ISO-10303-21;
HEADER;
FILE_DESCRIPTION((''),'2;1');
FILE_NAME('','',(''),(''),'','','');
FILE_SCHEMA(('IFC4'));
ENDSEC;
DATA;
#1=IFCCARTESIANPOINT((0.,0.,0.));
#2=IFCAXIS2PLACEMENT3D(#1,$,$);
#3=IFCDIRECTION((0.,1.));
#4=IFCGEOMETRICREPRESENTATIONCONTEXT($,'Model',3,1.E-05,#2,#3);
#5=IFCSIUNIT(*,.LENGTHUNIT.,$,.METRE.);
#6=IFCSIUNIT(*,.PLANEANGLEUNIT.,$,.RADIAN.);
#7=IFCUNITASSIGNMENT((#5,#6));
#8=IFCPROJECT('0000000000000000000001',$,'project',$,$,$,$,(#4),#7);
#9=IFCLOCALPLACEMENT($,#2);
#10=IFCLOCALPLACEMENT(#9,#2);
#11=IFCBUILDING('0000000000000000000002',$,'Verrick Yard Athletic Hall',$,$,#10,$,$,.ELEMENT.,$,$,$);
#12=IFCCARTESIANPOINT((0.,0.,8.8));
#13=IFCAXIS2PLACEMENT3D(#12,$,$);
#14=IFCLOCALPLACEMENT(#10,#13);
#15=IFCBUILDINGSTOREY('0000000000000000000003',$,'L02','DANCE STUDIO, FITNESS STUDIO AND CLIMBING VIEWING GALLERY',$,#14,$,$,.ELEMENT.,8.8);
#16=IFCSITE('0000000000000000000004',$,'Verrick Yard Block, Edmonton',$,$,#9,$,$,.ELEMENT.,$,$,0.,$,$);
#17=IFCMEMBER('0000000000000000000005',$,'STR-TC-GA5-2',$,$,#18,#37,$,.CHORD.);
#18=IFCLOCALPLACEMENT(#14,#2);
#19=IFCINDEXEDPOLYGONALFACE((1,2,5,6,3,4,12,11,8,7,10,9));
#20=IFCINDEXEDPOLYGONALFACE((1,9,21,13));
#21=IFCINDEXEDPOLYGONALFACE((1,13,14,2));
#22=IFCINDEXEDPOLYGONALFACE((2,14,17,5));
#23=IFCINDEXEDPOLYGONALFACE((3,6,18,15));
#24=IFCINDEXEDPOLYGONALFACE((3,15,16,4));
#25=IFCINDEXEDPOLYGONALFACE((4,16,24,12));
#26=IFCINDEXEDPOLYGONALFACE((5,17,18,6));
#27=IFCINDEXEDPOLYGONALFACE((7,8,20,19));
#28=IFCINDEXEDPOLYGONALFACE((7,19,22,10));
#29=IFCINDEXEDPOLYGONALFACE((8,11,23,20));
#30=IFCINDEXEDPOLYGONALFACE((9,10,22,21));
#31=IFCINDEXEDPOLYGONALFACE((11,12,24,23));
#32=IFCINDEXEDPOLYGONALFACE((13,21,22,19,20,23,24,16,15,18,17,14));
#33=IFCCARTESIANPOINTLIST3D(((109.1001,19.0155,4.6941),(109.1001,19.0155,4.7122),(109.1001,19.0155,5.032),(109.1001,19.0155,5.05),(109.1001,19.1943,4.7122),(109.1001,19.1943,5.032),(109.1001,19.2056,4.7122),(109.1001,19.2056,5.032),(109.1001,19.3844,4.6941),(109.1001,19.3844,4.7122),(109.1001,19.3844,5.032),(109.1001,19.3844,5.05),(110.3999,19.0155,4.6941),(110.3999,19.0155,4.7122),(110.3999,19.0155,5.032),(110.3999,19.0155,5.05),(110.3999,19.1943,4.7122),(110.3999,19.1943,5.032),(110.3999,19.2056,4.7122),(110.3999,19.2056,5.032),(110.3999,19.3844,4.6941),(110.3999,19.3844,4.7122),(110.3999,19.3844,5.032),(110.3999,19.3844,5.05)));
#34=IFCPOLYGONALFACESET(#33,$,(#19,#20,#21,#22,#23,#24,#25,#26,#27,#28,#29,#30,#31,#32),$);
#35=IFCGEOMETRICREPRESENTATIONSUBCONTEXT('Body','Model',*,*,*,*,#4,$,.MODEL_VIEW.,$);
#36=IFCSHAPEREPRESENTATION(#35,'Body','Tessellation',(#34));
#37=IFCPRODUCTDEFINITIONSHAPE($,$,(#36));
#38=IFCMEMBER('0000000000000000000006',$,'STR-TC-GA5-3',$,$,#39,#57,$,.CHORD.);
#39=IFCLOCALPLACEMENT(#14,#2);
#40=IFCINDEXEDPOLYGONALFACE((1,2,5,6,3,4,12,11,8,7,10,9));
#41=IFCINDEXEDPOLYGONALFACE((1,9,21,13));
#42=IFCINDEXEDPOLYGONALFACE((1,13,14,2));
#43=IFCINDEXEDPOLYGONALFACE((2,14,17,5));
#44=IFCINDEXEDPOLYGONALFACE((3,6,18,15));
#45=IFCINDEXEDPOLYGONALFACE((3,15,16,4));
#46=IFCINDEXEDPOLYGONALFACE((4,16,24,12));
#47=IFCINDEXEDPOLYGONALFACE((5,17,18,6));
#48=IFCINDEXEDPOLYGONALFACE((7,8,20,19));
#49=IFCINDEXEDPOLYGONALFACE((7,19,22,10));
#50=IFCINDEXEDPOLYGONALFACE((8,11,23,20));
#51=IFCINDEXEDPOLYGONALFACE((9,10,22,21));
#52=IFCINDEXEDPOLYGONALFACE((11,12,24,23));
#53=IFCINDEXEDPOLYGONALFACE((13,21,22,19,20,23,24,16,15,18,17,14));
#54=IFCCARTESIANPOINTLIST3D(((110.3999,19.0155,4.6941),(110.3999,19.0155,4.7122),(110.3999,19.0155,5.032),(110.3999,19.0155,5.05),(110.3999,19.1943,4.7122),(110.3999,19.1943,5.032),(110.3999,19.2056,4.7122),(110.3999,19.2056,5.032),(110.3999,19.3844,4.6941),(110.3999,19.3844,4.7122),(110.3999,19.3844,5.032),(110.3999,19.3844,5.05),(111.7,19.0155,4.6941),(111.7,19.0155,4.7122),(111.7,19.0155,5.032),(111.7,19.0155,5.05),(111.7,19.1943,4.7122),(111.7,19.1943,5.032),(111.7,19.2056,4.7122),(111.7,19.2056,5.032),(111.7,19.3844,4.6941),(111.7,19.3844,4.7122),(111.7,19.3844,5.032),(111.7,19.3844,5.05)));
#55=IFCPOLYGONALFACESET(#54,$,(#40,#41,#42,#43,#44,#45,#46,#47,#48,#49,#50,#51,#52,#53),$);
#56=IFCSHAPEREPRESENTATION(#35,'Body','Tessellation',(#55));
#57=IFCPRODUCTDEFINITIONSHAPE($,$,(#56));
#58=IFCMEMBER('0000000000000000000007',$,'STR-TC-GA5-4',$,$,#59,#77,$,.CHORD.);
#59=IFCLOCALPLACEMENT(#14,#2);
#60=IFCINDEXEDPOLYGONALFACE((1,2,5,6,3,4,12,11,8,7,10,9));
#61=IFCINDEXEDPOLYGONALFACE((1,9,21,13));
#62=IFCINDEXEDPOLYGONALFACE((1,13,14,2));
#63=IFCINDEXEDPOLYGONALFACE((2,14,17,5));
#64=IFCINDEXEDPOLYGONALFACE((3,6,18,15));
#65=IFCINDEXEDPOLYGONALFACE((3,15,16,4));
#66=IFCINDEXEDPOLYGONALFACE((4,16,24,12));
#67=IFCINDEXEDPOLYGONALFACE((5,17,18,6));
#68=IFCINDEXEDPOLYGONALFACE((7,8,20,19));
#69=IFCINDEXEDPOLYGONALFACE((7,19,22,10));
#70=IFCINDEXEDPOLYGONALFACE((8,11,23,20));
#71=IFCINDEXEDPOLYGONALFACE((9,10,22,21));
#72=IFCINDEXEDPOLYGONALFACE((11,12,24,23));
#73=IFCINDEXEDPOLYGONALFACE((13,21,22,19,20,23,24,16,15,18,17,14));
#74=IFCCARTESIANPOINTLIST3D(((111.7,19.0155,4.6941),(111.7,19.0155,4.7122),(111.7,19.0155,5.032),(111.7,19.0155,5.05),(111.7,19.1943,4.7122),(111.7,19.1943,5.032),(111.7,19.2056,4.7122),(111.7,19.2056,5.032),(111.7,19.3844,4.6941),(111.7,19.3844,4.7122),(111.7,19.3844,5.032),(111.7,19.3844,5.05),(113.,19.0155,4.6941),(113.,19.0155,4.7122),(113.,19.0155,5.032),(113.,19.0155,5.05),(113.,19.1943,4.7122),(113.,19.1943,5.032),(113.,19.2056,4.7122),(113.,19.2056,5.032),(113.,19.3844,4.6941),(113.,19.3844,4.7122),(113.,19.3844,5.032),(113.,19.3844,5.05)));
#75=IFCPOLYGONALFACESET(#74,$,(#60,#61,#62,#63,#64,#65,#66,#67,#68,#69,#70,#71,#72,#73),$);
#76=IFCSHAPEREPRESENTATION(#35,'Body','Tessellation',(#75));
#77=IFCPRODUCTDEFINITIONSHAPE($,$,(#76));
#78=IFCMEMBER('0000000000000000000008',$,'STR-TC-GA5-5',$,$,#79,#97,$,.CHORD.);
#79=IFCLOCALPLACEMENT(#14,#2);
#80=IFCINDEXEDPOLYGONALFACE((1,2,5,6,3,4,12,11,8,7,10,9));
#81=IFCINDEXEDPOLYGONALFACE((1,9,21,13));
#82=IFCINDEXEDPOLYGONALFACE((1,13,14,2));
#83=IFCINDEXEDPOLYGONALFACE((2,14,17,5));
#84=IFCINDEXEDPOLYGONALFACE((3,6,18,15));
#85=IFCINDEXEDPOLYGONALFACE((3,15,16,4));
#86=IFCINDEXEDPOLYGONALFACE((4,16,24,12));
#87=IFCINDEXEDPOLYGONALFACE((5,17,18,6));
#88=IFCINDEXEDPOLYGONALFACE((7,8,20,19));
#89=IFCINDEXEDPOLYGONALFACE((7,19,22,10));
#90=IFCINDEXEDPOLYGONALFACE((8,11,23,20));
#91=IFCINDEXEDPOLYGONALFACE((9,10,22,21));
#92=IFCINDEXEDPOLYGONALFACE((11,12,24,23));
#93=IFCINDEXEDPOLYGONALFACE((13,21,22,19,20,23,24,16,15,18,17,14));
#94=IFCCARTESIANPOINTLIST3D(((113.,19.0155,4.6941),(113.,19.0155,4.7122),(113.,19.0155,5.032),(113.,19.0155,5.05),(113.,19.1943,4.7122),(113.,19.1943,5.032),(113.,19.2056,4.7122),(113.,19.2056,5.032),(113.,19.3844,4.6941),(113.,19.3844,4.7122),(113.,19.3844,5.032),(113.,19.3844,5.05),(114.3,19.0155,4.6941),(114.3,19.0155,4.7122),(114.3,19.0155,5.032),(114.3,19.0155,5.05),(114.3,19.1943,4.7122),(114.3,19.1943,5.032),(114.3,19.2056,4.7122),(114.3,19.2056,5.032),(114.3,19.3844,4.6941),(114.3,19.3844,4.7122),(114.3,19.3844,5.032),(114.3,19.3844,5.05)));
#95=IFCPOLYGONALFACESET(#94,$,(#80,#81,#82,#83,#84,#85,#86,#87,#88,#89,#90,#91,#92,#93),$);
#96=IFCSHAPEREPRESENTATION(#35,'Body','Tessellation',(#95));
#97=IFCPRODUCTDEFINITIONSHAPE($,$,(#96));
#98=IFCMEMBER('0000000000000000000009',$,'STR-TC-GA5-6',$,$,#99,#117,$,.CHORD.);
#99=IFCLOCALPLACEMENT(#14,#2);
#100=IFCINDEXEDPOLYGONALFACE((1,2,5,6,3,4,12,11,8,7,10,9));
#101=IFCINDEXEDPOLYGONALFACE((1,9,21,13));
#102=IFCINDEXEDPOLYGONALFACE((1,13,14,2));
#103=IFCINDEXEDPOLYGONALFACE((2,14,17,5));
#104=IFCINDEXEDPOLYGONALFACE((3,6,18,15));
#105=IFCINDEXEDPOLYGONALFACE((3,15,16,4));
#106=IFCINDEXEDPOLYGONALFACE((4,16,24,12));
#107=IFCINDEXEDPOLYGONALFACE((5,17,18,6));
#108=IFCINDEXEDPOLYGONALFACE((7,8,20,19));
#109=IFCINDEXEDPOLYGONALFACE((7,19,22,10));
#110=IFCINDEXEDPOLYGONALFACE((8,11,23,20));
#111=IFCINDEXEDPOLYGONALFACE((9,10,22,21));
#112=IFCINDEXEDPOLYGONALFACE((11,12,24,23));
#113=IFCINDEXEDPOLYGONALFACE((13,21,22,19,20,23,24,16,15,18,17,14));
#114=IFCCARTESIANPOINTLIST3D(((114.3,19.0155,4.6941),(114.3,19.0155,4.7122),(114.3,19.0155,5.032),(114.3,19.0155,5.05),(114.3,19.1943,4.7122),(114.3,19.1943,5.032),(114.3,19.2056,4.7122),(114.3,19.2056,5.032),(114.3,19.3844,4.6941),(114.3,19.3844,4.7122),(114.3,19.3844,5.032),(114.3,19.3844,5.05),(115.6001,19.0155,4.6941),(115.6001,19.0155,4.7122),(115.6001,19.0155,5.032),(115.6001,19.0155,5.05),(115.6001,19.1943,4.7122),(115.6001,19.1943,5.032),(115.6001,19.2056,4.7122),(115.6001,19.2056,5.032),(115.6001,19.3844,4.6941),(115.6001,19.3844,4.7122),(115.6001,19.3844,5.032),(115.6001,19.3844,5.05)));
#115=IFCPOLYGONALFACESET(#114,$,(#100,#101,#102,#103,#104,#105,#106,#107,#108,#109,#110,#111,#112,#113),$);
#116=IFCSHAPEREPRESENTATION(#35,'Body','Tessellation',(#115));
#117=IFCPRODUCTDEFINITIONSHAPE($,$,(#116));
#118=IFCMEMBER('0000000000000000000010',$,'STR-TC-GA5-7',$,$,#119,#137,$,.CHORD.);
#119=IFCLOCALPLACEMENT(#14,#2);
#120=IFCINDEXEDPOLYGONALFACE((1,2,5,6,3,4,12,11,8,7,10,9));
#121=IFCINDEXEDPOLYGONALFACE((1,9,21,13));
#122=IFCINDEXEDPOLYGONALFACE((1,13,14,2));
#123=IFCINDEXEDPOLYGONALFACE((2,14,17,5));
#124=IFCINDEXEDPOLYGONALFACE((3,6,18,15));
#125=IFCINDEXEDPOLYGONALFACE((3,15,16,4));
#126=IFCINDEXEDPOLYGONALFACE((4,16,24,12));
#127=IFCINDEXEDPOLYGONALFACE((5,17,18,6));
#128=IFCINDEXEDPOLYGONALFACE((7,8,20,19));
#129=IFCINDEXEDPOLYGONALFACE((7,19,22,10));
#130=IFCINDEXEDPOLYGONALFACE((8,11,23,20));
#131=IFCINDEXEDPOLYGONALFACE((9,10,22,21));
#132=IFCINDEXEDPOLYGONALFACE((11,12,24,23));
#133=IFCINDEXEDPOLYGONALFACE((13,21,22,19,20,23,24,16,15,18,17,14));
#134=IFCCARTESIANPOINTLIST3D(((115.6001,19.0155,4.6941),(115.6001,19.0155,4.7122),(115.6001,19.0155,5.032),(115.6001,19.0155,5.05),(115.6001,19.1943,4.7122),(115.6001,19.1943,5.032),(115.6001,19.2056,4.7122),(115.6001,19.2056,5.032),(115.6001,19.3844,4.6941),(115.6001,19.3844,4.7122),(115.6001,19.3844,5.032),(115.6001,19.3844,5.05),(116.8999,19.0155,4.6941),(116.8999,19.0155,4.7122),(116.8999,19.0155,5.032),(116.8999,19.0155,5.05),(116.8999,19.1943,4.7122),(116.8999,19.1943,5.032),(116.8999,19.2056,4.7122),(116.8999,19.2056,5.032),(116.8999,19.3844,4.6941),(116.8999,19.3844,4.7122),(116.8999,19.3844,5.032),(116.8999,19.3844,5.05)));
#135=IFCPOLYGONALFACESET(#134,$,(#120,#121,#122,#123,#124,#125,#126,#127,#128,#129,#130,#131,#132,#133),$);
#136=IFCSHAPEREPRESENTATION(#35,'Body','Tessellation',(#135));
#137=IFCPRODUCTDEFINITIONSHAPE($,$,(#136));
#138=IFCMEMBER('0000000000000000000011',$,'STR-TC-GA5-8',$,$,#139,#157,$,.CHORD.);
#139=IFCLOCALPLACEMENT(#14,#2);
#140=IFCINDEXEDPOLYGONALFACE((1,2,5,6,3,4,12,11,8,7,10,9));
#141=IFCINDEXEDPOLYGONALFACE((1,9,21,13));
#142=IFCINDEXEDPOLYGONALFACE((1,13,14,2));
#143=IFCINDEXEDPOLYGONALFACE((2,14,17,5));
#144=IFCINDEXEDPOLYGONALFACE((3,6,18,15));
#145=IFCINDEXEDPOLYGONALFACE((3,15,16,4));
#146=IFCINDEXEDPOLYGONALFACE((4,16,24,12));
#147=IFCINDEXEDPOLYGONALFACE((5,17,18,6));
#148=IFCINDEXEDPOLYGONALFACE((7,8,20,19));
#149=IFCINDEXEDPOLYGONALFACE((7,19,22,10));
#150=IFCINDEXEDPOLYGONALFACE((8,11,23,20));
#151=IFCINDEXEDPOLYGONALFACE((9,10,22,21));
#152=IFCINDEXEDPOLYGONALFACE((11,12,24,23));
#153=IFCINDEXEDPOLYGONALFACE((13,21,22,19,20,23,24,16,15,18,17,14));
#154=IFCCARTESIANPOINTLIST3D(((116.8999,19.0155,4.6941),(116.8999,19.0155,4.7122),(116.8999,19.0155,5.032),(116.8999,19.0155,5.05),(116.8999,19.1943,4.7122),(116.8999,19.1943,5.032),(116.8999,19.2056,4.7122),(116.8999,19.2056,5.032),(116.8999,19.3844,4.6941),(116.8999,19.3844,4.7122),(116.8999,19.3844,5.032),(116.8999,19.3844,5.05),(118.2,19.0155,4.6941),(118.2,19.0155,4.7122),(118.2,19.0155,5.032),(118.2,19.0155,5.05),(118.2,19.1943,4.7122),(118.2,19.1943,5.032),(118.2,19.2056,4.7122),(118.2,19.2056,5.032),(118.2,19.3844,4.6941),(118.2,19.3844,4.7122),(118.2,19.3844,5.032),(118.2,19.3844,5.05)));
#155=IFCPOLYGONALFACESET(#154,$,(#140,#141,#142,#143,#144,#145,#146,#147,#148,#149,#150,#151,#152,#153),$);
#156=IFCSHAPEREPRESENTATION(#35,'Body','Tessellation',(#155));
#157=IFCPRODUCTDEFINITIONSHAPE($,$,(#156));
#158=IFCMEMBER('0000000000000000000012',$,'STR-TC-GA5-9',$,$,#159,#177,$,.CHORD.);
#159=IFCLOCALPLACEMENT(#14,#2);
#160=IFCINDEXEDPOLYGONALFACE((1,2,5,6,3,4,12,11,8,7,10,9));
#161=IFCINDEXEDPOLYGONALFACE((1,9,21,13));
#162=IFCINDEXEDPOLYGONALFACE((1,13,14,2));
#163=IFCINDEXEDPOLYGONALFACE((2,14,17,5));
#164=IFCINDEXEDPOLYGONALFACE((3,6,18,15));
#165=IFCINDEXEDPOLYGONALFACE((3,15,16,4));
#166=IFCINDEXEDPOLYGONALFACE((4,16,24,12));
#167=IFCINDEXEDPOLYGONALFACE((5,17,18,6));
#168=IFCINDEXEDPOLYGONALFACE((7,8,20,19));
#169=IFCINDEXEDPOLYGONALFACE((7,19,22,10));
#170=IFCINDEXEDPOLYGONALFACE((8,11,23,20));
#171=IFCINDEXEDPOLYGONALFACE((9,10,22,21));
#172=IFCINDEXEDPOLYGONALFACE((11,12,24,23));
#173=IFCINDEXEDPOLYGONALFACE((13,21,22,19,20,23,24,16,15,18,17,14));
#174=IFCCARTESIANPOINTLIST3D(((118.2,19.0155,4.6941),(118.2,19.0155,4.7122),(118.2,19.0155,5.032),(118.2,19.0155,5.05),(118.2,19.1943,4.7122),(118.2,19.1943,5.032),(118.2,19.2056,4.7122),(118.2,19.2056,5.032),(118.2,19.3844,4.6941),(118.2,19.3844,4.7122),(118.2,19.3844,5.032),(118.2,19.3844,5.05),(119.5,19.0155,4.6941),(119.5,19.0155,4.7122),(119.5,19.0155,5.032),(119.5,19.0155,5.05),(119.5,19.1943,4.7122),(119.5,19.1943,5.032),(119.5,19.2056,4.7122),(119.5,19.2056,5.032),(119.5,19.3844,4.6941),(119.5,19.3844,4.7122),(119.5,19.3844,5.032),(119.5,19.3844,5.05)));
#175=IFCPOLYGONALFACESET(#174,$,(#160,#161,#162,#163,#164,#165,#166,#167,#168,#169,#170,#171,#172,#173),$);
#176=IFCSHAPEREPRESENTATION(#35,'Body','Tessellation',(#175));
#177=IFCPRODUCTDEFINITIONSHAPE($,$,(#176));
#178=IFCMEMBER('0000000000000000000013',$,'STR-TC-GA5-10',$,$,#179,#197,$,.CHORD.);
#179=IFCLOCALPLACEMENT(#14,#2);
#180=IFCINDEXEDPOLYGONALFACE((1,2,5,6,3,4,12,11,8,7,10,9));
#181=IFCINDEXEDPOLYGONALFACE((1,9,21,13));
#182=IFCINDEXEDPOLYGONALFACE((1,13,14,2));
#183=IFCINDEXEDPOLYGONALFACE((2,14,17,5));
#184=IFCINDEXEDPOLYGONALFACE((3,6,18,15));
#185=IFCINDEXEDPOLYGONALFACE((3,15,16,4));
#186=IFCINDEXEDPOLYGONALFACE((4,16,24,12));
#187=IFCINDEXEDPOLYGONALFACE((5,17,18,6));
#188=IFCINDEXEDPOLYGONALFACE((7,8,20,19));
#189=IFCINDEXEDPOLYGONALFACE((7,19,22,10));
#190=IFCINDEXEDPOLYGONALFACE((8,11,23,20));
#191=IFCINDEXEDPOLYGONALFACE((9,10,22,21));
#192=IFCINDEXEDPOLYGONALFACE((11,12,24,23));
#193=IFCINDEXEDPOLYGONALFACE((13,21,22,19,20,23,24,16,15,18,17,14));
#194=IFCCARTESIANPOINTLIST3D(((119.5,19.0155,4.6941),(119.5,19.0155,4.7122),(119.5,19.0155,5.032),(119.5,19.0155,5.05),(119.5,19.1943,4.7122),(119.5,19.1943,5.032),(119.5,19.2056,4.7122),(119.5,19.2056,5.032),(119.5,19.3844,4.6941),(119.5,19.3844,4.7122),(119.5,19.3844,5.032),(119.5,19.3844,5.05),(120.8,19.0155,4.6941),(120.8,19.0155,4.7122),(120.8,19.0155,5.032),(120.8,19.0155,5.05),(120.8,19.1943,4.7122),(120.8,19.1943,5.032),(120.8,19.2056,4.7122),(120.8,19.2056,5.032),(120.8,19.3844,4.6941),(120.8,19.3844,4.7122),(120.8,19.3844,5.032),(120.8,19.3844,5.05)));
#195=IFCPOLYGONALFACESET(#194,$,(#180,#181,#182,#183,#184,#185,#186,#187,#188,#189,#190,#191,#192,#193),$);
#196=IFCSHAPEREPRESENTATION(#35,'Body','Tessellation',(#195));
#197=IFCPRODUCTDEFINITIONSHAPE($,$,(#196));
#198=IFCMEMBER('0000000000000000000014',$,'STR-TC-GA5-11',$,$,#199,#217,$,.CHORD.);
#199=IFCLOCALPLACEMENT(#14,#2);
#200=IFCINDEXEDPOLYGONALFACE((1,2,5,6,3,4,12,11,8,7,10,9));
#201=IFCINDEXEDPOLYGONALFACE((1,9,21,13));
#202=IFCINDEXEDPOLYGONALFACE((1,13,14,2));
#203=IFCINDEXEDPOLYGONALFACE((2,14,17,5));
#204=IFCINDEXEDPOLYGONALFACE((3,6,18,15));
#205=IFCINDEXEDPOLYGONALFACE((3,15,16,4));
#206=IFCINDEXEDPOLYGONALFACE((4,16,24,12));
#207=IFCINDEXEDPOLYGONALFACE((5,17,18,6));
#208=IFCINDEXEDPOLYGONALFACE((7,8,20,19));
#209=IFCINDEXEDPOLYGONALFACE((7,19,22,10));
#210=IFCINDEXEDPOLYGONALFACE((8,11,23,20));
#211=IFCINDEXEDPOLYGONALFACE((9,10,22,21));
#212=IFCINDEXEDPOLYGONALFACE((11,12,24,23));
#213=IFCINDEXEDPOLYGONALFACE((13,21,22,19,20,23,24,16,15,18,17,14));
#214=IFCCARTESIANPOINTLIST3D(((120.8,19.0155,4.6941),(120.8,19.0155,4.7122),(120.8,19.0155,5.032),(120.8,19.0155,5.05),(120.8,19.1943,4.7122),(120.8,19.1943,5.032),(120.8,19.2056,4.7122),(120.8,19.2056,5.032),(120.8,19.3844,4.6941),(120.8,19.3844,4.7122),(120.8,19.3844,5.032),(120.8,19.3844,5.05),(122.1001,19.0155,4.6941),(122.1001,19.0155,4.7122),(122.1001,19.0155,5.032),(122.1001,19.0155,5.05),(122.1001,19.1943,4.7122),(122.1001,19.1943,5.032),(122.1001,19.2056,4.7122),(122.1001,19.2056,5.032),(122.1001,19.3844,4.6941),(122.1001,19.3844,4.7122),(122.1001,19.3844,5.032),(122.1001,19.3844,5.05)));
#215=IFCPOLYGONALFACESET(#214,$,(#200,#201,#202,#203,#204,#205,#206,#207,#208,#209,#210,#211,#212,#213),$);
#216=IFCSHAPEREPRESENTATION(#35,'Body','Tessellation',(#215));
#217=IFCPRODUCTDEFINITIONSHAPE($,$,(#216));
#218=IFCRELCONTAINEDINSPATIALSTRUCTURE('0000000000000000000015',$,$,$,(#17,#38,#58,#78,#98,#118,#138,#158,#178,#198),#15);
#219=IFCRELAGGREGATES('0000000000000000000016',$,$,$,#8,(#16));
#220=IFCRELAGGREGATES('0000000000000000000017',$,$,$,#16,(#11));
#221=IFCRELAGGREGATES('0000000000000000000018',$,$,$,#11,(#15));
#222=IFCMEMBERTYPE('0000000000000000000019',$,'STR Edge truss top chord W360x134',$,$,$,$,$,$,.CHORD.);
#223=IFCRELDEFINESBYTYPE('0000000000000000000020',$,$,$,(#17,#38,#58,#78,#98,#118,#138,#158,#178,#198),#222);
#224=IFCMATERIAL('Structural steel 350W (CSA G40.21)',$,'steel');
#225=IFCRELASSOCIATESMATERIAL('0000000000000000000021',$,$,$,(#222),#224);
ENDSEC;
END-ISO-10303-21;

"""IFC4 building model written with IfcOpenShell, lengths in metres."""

from ifc_helpers import new_model, si_unit, direction, frame, origin, origin_2d, place, context, subcontext, project, spatial, i_section, extrude, material, material_profile, profile_set, type_object, element, save


model = new_model("IFC4")

# Units and contexts
model_context = context("Model", 3, precision=1e-05, world=origin(), true_north=direction((0.0, 1.0)))
body_context = subcontext(model_context, "Body", "Model", "MODEL_VIEW")
ifc_project = project(units=[si_unit("LENGTHUNIT", "METRE"), si_unit("PLANEANGLEUNIT", "RADIAN")], contexts=[model_context])

# Site, building, storey
site_placement = place(None, origin())
site = spatial("IfcSite", under=ifc_project, at=site_placement, Name="Verrick Yard Block, Edmonton", CompositionType="ELEMENT", RefElevation=0.0)
building_placement = place(site_placement, origin())
building = spatial("IfcBuilding", under=site, at=building_placement, Name="Verrick Yard Athletic Hall", CompositionType="ELEMENT")
storey_placement = place(building_placement, frame((0.0, 0.0, 8.8)))
storey = spatial("IfcBuildingStorey", under=building, at=storey_placement, Name="L02", Description="DANCE STUDIO, FITNESS STUDIO AND CLIMBING VIEWING GALLERY", CompositionType="ELEMENT", Elevation=8.8)

# Members
ifc_material_1 = material(Name="Structural steel 350W (CSA G40.21)", Category="steel")
ifc_material_profile_1 = material_profile(ifc_material_1, i_section(OverallWidth=0.3689, OverallDepth=0.356, WebThickness=0.0112, FlangeThickness=0.0181, at=origin_2d()), Name="W360x134")
ifc_profile_set_1 = profile_set([ifc_material_profile_1], Name="Structural steel 350W (CSA G40.21)")
member_type_1 = type_object("IfcMemberType", Name="STR Edge truss top chord W360x134", PredefinedType="CHORD", material=ifc_profile_set_1)
member_1_placement = place(storey_placement, frame((109.1001, 19.2, 4.8721), z_axis=(1.0, 0.0, 0.0), x_axis=(0.0, 1.0, 0.0)))
element("IfcMember", 1, at=member_1_placement, inside=storey, type_object=member_type_1, Name="STR-TC-GA5-2", PredefinedType="CHORD", context=body_context, shape_type="SweptSolid", body=[
    extrude(i_section(OverallWidth=0.3689, OverallDepth=0.356, WebThickness=0.0112, FlangeThickness=0.0181, at=origin_2d()), origin(), (0.0, 0.0, 1.0), 1.2998),
])
for number, where, z_axis, x_axis, name in (
    (2, (110.3999, 19.2, 4.8721), (1.0, 0.0, 0.0), (0.0, 1.0, 0.0), "STR-TC-GA5-3"),
    (3, (111.7, 19.2, 4.8721), (1.0, 0.0, 0.0), (0.0, 1.0, 0.0), "STR-TC-GA5-4"),
    (4, (113.0, 19.2, 4.8721), (1.0, 0.0, 0.0), (0.0, 1.0, 0.0), "STR-TC-GA5-5"),
    (5, (114.3, 19.2, 4.8721), (1.0, 0.0, 0.0), (0.0, 1.0, 0.0), "STR-TC-GA5-6"),
):
    element("IfcMember", number, at=place(storey_placement, frame(where, z_axis=z_axis, x_axis=x_axis)), inside=storey, type_object=member_type_1, Name=name, PredefinedType="CHORD", context=body_context, shape_type="SweptSolid", body=[
        extrude(i_section(OverallWidth=0.3689, OverallDepth=0.356, WebThickness=0.0112, FlangeThickness=0.0181, at=origin_2d()), origin(), (0.0, 0.0, 1.0), 1.3),
    ])
member_2_placement = place(storey_placement, frame((115.6001, 19.2, 4.8721), z_axis=(1.0, 0.0, 0.0), x_axis=(0.0, 1.0, 0.0)))
element("IfcMember", 6, at=member_2_placement, inside=storey, type_object=member_type_1, Name="STR-TC-GA5-7", PredefinedType="CHORD", context=body_context, shape_type="SweptSolid", body=[
    extrude(i_section(OverallWidth=0.3689, OverallDepth=0.356, WebThickness=0.0112, FlangeThickness=0.0181, at=origin_2d()), origin(), (0.0, 0.0, 1.0), 1.2998),
])
for number, where, z_axis, x_axis, name in (
    (7, (116.8999, 19.2, 4.8721), (1.0, 0.0, 0.0), (0.0, 1.0, 0.0), "STR-TC-GA5-8"),
    (8, (118.2, 19.2, 4.8721), (1.0, 0.0, 0.0), (0.0, 1.0, 0.0), "STR-TC-GA5-9"),
    (9, (119.5, 19.2, 4.8721), (1.0, 0.0, 0.0), (0.0, 1.0, 0.0), "STR-TC-GA5-10"),
    (10, (120.8, 19.2, 4.8721), (1.0, 0.0, 0.0), (0.0, 1.0, 0.0), "STR-TC-GA5-11"),
):
    element("IfcMember", number, at=place(storey_placement, frame(where, z_axis=z_axis, x_axis=x_axis)), inside=storey, type_object=member_type_1, Name=name, PredefinedType="CHORD", context=body_context, shape_type="SweptSolid", body=[
        extrude(i_section(OverallWidth=0.3689, OverallDepth=0.356, WebThickness=0.0112, FlangeThickness=0.0181, at=origin_2d()), origin(), (0.0, 0.0, 1.0), 1.3),
    ])

save(model, "model.ifc")
